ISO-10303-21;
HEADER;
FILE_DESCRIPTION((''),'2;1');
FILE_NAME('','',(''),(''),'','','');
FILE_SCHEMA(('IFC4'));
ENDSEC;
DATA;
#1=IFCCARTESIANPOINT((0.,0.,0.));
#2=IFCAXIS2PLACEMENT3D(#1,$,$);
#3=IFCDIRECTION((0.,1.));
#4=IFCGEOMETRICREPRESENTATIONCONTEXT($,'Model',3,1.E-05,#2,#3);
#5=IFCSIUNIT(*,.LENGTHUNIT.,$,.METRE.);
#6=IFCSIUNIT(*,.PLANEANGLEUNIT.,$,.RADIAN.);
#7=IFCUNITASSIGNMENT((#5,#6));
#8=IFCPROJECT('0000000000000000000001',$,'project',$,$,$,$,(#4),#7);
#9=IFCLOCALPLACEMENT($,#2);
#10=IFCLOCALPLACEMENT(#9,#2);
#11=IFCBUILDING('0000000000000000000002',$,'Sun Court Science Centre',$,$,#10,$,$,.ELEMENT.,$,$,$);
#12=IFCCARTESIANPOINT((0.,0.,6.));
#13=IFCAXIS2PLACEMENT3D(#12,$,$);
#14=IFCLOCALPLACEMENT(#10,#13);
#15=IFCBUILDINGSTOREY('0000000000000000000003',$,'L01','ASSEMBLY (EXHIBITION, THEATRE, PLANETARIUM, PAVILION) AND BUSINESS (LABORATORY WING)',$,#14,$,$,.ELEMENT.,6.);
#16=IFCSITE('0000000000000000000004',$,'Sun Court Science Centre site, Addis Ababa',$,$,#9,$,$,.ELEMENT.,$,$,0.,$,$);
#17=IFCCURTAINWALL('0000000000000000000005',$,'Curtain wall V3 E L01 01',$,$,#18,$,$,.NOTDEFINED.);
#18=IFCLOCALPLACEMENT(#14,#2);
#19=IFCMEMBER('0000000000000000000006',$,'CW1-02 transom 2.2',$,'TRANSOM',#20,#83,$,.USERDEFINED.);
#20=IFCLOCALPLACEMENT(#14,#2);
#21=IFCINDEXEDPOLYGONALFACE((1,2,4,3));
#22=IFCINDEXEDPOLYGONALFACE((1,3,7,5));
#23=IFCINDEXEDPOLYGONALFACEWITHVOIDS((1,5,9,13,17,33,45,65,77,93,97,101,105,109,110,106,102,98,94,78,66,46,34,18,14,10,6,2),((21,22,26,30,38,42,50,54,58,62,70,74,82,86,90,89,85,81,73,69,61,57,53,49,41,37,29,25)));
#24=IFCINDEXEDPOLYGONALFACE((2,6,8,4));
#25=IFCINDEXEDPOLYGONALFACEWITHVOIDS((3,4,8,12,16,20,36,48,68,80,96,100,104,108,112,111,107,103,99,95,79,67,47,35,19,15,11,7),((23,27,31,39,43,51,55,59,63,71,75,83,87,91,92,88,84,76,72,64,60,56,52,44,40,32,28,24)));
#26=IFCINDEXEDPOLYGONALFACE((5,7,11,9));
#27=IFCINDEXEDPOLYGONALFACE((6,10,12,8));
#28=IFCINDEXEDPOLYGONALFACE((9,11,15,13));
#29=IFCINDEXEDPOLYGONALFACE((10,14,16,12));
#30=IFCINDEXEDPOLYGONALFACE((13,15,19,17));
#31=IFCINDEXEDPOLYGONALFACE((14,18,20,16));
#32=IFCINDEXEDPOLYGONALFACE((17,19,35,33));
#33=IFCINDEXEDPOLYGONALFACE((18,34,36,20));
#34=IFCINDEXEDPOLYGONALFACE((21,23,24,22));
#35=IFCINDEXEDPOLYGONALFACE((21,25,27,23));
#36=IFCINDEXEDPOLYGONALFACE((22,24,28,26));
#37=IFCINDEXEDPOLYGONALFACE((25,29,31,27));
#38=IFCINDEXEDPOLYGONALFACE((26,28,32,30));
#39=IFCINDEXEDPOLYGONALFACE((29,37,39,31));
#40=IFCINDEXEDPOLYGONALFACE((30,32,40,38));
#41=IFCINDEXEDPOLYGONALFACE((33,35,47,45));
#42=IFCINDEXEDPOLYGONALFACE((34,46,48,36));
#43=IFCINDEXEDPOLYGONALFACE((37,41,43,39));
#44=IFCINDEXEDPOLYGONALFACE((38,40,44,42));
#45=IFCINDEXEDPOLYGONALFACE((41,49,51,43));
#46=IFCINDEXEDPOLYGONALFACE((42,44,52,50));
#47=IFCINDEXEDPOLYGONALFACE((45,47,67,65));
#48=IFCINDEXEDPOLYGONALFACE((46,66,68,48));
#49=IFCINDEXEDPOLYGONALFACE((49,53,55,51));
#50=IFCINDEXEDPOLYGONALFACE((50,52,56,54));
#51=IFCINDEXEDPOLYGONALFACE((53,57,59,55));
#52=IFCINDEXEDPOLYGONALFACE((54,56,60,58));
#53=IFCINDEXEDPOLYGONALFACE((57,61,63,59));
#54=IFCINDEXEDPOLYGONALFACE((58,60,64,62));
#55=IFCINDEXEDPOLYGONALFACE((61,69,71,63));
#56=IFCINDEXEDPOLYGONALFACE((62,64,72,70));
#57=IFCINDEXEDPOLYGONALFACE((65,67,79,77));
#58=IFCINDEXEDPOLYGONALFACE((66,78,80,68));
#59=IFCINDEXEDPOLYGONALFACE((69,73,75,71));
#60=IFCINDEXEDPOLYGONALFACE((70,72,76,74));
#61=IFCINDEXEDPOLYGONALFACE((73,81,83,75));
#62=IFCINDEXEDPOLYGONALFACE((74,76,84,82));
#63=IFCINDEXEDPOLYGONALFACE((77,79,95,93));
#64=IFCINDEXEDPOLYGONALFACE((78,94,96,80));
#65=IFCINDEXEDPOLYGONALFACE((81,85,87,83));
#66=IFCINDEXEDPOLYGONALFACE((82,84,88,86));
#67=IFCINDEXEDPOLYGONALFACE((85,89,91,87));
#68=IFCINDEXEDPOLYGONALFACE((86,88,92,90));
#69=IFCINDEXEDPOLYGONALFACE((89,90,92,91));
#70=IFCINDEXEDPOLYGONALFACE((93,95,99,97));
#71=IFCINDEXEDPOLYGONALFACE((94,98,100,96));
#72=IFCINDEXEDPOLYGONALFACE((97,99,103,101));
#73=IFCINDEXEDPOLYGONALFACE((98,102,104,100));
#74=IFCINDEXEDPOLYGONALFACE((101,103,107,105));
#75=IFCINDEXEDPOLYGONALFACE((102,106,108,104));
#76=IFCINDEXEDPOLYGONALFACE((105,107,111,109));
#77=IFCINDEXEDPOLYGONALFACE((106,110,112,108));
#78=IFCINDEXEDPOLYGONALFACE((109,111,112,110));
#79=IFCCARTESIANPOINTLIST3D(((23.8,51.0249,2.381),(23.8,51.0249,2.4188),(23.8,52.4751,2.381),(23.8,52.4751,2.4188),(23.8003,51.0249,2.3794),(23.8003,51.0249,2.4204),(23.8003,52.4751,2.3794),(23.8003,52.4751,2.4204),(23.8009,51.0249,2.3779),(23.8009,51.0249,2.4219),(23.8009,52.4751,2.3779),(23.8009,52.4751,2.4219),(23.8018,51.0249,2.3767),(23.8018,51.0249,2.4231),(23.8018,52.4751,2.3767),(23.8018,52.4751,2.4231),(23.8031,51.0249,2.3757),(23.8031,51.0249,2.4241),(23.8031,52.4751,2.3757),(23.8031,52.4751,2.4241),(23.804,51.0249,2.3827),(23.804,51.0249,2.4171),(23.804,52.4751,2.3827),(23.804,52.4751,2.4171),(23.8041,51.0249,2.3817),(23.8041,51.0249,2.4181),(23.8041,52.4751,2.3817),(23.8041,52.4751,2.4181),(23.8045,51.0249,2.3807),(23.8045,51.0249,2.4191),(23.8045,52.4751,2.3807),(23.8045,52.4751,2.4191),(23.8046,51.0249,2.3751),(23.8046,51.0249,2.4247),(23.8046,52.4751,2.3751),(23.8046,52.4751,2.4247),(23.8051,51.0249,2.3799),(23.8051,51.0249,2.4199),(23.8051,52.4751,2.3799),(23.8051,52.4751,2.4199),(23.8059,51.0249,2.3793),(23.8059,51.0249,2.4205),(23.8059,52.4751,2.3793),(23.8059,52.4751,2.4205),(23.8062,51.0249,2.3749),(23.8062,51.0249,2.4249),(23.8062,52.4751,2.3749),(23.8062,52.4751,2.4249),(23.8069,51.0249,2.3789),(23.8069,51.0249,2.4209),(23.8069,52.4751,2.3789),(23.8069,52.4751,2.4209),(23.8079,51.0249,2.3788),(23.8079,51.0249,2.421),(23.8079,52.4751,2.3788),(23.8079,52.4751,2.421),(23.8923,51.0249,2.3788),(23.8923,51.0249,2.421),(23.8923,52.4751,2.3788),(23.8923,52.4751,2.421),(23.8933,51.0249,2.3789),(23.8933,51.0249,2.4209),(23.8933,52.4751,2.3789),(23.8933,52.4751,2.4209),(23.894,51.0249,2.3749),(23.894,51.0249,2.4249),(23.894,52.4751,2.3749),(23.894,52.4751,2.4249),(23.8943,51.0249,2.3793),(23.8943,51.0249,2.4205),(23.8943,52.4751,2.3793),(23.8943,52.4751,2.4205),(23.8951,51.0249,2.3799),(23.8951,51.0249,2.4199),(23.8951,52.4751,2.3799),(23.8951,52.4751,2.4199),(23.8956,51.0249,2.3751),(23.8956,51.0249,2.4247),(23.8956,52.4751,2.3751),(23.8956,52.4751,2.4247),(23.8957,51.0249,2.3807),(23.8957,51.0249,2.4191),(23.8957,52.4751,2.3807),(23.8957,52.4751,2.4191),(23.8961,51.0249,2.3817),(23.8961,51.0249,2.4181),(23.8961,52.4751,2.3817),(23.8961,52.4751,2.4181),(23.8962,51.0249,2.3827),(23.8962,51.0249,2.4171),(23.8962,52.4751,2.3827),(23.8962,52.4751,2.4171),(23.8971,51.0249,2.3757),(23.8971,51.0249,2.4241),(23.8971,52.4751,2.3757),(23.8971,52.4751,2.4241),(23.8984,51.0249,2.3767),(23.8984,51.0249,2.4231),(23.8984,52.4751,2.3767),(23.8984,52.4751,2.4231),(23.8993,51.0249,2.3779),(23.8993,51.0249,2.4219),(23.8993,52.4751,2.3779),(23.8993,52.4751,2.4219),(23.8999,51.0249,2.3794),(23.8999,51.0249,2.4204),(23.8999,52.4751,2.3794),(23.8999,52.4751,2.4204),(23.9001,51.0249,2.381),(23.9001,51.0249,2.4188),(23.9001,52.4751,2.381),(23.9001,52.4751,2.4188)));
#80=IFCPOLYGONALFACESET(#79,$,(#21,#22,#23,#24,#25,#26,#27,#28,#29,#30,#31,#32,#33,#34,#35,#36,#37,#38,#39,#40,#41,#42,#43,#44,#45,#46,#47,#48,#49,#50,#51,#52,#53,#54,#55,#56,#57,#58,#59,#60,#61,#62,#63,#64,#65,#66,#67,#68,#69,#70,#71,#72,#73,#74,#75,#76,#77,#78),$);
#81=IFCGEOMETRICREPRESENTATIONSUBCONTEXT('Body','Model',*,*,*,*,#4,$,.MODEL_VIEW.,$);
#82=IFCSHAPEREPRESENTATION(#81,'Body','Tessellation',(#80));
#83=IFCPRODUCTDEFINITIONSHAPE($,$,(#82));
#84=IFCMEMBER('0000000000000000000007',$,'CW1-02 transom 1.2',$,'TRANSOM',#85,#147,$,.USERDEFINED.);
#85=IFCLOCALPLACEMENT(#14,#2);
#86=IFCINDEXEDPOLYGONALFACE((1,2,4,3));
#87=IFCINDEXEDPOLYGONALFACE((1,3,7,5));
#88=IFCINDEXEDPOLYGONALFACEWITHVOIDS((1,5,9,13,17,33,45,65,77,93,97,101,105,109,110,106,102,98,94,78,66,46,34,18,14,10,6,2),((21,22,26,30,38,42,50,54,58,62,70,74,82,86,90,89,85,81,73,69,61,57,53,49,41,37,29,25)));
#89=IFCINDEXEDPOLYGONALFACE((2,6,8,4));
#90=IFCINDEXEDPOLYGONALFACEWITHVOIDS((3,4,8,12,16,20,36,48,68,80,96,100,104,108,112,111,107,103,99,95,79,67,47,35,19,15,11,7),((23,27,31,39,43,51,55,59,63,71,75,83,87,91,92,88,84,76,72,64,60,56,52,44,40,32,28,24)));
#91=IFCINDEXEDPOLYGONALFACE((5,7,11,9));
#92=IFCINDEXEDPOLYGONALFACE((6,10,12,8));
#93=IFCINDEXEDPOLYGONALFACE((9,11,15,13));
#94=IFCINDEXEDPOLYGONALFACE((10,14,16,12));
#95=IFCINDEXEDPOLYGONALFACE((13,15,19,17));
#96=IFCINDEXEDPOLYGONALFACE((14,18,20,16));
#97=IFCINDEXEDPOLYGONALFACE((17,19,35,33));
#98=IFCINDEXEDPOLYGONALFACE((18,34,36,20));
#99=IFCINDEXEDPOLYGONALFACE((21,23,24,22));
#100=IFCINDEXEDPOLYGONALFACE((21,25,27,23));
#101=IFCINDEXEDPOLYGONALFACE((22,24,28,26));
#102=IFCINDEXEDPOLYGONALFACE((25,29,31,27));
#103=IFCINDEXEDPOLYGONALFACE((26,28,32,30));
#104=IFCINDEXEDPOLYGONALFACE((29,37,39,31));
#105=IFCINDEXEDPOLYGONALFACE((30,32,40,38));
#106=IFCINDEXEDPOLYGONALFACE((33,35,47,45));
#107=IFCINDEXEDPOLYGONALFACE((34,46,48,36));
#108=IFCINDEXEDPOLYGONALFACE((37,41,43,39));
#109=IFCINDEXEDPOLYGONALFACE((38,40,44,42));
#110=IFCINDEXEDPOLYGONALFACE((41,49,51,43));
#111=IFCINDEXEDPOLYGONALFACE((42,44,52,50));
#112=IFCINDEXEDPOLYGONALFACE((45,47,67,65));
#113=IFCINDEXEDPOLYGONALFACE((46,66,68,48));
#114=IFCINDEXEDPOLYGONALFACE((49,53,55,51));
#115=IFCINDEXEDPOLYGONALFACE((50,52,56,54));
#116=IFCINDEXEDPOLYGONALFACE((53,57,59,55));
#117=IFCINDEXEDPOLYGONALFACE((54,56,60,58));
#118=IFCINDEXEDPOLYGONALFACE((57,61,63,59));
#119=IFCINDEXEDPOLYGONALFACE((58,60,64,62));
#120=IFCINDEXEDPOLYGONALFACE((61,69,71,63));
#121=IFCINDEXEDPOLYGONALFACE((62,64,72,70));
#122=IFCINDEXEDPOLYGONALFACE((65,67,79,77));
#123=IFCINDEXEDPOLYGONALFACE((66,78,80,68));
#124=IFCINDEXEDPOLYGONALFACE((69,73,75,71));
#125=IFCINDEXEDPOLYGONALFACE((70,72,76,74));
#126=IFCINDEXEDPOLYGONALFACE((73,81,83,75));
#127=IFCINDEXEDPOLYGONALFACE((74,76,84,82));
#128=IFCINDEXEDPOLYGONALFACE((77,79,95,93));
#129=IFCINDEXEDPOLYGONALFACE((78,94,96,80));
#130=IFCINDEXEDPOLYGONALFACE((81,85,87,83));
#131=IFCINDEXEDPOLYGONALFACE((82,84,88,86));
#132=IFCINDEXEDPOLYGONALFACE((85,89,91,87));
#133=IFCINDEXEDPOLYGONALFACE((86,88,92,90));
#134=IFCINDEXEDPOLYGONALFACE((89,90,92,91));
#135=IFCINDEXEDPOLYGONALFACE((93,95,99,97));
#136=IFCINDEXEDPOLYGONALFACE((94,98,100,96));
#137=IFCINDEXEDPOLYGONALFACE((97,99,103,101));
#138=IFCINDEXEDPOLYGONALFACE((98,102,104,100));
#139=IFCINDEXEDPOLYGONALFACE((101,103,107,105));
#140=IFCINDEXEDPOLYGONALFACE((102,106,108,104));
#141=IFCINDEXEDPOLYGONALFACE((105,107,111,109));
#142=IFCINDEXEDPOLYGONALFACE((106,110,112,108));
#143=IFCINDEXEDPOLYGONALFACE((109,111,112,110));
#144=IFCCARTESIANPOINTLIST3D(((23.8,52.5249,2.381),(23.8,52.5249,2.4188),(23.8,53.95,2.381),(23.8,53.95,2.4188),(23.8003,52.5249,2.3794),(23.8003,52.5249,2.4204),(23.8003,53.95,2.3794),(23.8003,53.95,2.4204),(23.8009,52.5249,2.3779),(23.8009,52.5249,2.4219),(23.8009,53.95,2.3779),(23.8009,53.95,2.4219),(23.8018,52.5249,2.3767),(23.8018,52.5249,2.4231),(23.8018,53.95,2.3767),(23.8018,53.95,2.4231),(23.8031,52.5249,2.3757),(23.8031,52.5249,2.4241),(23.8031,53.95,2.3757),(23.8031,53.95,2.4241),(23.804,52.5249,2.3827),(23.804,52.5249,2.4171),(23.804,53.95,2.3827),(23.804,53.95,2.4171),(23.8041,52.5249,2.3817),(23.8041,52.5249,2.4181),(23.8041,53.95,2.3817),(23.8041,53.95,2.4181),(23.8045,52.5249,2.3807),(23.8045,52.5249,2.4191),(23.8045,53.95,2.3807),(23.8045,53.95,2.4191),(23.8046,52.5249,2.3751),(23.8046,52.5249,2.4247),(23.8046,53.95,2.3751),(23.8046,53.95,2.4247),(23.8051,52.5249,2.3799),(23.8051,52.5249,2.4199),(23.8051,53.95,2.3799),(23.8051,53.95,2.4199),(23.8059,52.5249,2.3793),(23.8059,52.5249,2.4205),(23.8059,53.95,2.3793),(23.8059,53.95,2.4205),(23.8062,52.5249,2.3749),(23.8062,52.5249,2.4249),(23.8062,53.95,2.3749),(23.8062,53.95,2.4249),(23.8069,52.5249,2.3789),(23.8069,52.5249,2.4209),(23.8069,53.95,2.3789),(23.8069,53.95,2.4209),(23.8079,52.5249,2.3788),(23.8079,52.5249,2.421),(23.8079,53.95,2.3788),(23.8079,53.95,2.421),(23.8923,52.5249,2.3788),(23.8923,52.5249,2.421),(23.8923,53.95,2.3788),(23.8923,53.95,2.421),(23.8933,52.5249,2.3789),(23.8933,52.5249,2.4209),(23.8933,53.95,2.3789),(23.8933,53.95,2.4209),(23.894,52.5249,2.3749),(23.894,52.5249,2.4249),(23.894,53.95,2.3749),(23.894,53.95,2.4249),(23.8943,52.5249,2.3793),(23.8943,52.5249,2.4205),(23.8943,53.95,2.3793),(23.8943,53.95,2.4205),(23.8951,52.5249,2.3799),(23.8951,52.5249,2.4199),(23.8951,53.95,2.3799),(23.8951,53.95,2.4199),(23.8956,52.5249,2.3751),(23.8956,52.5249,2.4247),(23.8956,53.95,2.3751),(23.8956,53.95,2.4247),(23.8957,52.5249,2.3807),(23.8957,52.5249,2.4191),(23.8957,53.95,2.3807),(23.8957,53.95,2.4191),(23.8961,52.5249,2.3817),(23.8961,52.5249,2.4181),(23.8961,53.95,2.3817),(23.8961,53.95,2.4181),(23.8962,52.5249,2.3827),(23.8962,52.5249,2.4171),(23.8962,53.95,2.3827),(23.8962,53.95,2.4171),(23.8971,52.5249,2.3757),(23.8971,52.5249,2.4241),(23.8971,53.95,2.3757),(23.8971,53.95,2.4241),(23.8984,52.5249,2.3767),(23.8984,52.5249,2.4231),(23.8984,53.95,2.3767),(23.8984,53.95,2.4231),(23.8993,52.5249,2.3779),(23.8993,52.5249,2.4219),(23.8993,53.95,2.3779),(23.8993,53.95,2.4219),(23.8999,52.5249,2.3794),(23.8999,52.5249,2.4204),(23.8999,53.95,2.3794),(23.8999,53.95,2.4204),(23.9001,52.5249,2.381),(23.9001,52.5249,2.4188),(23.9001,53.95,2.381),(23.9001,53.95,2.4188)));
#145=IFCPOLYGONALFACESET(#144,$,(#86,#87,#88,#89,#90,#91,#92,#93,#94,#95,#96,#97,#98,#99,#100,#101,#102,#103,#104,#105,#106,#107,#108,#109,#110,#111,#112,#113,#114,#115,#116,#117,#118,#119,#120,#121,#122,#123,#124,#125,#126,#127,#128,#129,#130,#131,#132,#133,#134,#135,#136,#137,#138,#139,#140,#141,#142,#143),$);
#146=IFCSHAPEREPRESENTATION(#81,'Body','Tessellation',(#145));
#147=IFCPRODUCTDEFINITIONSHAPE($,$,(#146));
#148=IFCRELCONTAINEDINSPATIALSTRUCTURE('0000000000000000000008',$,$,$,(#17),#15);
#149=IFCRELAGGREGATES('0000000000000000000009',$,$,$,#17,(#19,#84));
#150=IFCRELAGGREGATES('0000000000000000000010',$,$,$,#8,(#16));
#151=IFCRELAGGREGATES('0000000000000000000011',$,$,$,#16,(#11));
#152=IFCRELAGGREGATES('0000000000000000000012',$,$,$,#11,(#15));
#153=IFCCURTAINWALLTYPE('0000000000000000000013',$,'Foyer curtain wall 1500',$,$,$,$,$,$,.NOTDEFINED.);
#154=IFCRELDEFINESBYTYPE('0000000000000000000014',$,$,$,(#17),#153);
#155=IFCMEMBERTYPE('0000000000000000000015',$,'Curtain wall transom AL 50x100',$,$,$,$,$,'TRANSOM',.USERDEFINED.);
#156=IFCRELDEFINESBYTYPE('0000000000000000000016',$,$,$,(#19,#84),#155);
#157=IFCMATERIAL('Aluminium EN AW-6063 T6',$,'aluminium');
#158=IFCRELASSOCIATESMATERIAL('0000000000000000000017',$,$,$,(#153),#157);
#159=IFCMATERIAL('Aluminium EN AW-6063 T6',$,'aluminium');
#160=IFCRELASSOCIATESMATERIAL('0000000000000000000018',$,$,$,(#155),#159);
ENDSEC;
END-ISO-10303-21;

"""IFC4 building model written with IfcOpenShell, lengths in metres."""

from ifc_helpers import new_model, si_unit, direction, frame, origin, origin_2d, place, context, subcontext, project, spatial, hollow_rectangle, extrude, material, material_profile, profile_set, type_object, element, aggregate, save


model = new_model("IFC4")

# Units and contexts
model_context = context("Model", 3, precision=1e-05, world=origin(), true_north=direction((0.0, 1.0)))
body_context = subcontext(model_context, "Body", "Model", "MODEL_VIEW")
ifc_project = project(units=[si_unit("LENGTHUNIT", "METRE"), si_unit("PLANEANGLEUNIT", "RADIAN")], contexts=[model_context])

# Site, building, storey
site_placement = place(None, origin())
site = spatial("IfcSite", under=ifc_project, at=site_placement, Name="Sun Court Science Centre site, Addis Ababa", CompositionType="ELEMENT", RefElevation=0.0)
building_placement = place(site_placement, origin())
building = spatial("IfcBuilding", under=site, at=building_placement, Name="Sun Court Science Centre", CompositionType="ELEMENT")
storey_placement = place(building_placement, frame((0.0, 0.0, 6.0)))
storey = spatial("IfcBuildingStorey", under=building, at=storey_placement, Name="L01", Description="ASSEMBLY (EXHIBITION, THEATRE, PLANETARIUM, PAVILION) AND BUSINESS (LABORATORY WING)", CompositionType="ELEMENT", Elevation=6.0)

# Curtain wall
ifc_material_1 = material(Name="Aluminium EN AW-6063 T6", Category="aluminium")
curtain_wall_type_1 = type_object("IfcCurtainWallType", Name="Foyer curtain wall 1500", PredefinedType="NOTDEFINED", material=ifc_material_1)
curtain_wall_1_placement = place(storey_placement, origin())
curtain_wall_1 = element("IfcCurtainWall", 1, at=curtain_wall_1_placement, inside=storey, type_object=curtain_wall_type_1, Name="Curtain wall V3 E L01 01", PredefinedType="NOTDEFINED")

# Members
ifc_material_2 = material(Name="Aluminium EN AW-6063 T6", Category="aluminium")
ifc_material_profile_1 = material_profile(ifc_material_2, hollow_rectangle(XDim=0.05, YDim=0.1001, WallThickness=0.0039, InnerFilletRadius=0.0039, OuterFilletRadius=0.0061, at=origin_2d()), Name="AL 50x100x4")
ifc_profile_set_1 = profile_set([ifc_material_profile_1], Name="Aluminium EN AW-6063 T6")
member_type_1 = type_object("IfcMemberType", Name="Curtain wall transom AL 50x100", ElementType="TRANSOM", PredefinedType="USERDEFINED", material=ifc_profile_set_1)
member_1_placement = place(storey_placement, frame((23.8501, 52.4751, 2.3999), z_axis=(0.0, -1.0, 0.0), x_axis=(0.0, 0.0, 1.0)))
member_1 = element("IfcMember", 2, at=member_1_placement, type_object=member_type_1, Name="CW1-02 transom 2.2", ObjectType="TRANSOM", PredefinedType="USERDEFINED", context=body_context, shape_type="SweptSolid", body=[
    extrude(hollow_rectangle(XDim=0.05, YDim=0.1001, WallThickness=0.0039, InnerFilletRadius=0.0039, OuterFilletRadius=0.0061, at=origin_2d()), origin(), (0.0, 0.0, 1.0), 1.4502),
])
member_2_placement = place(storey_placement, frame((23.8501, 53.95, 2.3999), z_axis=(0.0, -1.0, 0.0), x_axis=(0.0, 0.0, 1.0)))
member_2 = element("IfcMember", 3, at=member_2_placement, type_object=member_type_1, Name="CW1-02 transom 1.2", ObjectType="TRANSOM", PredefinedType="USERDEFINED", context=body_context, shape_type="SweptSolid", body=[
    extrude(hollow_rectangle(XDim=0.05, YDim=0.1001, WallThickness=0.0039, InnerFilletRadius=0.0039, OuterFilletRadius=0.0061, at=origin_2d()), origin(), (0.0, 0.0, 1.0), 1.425),
])

aggregate(curtain_wall_1, [member_1, member_2])

save(model, "model.ifc")
